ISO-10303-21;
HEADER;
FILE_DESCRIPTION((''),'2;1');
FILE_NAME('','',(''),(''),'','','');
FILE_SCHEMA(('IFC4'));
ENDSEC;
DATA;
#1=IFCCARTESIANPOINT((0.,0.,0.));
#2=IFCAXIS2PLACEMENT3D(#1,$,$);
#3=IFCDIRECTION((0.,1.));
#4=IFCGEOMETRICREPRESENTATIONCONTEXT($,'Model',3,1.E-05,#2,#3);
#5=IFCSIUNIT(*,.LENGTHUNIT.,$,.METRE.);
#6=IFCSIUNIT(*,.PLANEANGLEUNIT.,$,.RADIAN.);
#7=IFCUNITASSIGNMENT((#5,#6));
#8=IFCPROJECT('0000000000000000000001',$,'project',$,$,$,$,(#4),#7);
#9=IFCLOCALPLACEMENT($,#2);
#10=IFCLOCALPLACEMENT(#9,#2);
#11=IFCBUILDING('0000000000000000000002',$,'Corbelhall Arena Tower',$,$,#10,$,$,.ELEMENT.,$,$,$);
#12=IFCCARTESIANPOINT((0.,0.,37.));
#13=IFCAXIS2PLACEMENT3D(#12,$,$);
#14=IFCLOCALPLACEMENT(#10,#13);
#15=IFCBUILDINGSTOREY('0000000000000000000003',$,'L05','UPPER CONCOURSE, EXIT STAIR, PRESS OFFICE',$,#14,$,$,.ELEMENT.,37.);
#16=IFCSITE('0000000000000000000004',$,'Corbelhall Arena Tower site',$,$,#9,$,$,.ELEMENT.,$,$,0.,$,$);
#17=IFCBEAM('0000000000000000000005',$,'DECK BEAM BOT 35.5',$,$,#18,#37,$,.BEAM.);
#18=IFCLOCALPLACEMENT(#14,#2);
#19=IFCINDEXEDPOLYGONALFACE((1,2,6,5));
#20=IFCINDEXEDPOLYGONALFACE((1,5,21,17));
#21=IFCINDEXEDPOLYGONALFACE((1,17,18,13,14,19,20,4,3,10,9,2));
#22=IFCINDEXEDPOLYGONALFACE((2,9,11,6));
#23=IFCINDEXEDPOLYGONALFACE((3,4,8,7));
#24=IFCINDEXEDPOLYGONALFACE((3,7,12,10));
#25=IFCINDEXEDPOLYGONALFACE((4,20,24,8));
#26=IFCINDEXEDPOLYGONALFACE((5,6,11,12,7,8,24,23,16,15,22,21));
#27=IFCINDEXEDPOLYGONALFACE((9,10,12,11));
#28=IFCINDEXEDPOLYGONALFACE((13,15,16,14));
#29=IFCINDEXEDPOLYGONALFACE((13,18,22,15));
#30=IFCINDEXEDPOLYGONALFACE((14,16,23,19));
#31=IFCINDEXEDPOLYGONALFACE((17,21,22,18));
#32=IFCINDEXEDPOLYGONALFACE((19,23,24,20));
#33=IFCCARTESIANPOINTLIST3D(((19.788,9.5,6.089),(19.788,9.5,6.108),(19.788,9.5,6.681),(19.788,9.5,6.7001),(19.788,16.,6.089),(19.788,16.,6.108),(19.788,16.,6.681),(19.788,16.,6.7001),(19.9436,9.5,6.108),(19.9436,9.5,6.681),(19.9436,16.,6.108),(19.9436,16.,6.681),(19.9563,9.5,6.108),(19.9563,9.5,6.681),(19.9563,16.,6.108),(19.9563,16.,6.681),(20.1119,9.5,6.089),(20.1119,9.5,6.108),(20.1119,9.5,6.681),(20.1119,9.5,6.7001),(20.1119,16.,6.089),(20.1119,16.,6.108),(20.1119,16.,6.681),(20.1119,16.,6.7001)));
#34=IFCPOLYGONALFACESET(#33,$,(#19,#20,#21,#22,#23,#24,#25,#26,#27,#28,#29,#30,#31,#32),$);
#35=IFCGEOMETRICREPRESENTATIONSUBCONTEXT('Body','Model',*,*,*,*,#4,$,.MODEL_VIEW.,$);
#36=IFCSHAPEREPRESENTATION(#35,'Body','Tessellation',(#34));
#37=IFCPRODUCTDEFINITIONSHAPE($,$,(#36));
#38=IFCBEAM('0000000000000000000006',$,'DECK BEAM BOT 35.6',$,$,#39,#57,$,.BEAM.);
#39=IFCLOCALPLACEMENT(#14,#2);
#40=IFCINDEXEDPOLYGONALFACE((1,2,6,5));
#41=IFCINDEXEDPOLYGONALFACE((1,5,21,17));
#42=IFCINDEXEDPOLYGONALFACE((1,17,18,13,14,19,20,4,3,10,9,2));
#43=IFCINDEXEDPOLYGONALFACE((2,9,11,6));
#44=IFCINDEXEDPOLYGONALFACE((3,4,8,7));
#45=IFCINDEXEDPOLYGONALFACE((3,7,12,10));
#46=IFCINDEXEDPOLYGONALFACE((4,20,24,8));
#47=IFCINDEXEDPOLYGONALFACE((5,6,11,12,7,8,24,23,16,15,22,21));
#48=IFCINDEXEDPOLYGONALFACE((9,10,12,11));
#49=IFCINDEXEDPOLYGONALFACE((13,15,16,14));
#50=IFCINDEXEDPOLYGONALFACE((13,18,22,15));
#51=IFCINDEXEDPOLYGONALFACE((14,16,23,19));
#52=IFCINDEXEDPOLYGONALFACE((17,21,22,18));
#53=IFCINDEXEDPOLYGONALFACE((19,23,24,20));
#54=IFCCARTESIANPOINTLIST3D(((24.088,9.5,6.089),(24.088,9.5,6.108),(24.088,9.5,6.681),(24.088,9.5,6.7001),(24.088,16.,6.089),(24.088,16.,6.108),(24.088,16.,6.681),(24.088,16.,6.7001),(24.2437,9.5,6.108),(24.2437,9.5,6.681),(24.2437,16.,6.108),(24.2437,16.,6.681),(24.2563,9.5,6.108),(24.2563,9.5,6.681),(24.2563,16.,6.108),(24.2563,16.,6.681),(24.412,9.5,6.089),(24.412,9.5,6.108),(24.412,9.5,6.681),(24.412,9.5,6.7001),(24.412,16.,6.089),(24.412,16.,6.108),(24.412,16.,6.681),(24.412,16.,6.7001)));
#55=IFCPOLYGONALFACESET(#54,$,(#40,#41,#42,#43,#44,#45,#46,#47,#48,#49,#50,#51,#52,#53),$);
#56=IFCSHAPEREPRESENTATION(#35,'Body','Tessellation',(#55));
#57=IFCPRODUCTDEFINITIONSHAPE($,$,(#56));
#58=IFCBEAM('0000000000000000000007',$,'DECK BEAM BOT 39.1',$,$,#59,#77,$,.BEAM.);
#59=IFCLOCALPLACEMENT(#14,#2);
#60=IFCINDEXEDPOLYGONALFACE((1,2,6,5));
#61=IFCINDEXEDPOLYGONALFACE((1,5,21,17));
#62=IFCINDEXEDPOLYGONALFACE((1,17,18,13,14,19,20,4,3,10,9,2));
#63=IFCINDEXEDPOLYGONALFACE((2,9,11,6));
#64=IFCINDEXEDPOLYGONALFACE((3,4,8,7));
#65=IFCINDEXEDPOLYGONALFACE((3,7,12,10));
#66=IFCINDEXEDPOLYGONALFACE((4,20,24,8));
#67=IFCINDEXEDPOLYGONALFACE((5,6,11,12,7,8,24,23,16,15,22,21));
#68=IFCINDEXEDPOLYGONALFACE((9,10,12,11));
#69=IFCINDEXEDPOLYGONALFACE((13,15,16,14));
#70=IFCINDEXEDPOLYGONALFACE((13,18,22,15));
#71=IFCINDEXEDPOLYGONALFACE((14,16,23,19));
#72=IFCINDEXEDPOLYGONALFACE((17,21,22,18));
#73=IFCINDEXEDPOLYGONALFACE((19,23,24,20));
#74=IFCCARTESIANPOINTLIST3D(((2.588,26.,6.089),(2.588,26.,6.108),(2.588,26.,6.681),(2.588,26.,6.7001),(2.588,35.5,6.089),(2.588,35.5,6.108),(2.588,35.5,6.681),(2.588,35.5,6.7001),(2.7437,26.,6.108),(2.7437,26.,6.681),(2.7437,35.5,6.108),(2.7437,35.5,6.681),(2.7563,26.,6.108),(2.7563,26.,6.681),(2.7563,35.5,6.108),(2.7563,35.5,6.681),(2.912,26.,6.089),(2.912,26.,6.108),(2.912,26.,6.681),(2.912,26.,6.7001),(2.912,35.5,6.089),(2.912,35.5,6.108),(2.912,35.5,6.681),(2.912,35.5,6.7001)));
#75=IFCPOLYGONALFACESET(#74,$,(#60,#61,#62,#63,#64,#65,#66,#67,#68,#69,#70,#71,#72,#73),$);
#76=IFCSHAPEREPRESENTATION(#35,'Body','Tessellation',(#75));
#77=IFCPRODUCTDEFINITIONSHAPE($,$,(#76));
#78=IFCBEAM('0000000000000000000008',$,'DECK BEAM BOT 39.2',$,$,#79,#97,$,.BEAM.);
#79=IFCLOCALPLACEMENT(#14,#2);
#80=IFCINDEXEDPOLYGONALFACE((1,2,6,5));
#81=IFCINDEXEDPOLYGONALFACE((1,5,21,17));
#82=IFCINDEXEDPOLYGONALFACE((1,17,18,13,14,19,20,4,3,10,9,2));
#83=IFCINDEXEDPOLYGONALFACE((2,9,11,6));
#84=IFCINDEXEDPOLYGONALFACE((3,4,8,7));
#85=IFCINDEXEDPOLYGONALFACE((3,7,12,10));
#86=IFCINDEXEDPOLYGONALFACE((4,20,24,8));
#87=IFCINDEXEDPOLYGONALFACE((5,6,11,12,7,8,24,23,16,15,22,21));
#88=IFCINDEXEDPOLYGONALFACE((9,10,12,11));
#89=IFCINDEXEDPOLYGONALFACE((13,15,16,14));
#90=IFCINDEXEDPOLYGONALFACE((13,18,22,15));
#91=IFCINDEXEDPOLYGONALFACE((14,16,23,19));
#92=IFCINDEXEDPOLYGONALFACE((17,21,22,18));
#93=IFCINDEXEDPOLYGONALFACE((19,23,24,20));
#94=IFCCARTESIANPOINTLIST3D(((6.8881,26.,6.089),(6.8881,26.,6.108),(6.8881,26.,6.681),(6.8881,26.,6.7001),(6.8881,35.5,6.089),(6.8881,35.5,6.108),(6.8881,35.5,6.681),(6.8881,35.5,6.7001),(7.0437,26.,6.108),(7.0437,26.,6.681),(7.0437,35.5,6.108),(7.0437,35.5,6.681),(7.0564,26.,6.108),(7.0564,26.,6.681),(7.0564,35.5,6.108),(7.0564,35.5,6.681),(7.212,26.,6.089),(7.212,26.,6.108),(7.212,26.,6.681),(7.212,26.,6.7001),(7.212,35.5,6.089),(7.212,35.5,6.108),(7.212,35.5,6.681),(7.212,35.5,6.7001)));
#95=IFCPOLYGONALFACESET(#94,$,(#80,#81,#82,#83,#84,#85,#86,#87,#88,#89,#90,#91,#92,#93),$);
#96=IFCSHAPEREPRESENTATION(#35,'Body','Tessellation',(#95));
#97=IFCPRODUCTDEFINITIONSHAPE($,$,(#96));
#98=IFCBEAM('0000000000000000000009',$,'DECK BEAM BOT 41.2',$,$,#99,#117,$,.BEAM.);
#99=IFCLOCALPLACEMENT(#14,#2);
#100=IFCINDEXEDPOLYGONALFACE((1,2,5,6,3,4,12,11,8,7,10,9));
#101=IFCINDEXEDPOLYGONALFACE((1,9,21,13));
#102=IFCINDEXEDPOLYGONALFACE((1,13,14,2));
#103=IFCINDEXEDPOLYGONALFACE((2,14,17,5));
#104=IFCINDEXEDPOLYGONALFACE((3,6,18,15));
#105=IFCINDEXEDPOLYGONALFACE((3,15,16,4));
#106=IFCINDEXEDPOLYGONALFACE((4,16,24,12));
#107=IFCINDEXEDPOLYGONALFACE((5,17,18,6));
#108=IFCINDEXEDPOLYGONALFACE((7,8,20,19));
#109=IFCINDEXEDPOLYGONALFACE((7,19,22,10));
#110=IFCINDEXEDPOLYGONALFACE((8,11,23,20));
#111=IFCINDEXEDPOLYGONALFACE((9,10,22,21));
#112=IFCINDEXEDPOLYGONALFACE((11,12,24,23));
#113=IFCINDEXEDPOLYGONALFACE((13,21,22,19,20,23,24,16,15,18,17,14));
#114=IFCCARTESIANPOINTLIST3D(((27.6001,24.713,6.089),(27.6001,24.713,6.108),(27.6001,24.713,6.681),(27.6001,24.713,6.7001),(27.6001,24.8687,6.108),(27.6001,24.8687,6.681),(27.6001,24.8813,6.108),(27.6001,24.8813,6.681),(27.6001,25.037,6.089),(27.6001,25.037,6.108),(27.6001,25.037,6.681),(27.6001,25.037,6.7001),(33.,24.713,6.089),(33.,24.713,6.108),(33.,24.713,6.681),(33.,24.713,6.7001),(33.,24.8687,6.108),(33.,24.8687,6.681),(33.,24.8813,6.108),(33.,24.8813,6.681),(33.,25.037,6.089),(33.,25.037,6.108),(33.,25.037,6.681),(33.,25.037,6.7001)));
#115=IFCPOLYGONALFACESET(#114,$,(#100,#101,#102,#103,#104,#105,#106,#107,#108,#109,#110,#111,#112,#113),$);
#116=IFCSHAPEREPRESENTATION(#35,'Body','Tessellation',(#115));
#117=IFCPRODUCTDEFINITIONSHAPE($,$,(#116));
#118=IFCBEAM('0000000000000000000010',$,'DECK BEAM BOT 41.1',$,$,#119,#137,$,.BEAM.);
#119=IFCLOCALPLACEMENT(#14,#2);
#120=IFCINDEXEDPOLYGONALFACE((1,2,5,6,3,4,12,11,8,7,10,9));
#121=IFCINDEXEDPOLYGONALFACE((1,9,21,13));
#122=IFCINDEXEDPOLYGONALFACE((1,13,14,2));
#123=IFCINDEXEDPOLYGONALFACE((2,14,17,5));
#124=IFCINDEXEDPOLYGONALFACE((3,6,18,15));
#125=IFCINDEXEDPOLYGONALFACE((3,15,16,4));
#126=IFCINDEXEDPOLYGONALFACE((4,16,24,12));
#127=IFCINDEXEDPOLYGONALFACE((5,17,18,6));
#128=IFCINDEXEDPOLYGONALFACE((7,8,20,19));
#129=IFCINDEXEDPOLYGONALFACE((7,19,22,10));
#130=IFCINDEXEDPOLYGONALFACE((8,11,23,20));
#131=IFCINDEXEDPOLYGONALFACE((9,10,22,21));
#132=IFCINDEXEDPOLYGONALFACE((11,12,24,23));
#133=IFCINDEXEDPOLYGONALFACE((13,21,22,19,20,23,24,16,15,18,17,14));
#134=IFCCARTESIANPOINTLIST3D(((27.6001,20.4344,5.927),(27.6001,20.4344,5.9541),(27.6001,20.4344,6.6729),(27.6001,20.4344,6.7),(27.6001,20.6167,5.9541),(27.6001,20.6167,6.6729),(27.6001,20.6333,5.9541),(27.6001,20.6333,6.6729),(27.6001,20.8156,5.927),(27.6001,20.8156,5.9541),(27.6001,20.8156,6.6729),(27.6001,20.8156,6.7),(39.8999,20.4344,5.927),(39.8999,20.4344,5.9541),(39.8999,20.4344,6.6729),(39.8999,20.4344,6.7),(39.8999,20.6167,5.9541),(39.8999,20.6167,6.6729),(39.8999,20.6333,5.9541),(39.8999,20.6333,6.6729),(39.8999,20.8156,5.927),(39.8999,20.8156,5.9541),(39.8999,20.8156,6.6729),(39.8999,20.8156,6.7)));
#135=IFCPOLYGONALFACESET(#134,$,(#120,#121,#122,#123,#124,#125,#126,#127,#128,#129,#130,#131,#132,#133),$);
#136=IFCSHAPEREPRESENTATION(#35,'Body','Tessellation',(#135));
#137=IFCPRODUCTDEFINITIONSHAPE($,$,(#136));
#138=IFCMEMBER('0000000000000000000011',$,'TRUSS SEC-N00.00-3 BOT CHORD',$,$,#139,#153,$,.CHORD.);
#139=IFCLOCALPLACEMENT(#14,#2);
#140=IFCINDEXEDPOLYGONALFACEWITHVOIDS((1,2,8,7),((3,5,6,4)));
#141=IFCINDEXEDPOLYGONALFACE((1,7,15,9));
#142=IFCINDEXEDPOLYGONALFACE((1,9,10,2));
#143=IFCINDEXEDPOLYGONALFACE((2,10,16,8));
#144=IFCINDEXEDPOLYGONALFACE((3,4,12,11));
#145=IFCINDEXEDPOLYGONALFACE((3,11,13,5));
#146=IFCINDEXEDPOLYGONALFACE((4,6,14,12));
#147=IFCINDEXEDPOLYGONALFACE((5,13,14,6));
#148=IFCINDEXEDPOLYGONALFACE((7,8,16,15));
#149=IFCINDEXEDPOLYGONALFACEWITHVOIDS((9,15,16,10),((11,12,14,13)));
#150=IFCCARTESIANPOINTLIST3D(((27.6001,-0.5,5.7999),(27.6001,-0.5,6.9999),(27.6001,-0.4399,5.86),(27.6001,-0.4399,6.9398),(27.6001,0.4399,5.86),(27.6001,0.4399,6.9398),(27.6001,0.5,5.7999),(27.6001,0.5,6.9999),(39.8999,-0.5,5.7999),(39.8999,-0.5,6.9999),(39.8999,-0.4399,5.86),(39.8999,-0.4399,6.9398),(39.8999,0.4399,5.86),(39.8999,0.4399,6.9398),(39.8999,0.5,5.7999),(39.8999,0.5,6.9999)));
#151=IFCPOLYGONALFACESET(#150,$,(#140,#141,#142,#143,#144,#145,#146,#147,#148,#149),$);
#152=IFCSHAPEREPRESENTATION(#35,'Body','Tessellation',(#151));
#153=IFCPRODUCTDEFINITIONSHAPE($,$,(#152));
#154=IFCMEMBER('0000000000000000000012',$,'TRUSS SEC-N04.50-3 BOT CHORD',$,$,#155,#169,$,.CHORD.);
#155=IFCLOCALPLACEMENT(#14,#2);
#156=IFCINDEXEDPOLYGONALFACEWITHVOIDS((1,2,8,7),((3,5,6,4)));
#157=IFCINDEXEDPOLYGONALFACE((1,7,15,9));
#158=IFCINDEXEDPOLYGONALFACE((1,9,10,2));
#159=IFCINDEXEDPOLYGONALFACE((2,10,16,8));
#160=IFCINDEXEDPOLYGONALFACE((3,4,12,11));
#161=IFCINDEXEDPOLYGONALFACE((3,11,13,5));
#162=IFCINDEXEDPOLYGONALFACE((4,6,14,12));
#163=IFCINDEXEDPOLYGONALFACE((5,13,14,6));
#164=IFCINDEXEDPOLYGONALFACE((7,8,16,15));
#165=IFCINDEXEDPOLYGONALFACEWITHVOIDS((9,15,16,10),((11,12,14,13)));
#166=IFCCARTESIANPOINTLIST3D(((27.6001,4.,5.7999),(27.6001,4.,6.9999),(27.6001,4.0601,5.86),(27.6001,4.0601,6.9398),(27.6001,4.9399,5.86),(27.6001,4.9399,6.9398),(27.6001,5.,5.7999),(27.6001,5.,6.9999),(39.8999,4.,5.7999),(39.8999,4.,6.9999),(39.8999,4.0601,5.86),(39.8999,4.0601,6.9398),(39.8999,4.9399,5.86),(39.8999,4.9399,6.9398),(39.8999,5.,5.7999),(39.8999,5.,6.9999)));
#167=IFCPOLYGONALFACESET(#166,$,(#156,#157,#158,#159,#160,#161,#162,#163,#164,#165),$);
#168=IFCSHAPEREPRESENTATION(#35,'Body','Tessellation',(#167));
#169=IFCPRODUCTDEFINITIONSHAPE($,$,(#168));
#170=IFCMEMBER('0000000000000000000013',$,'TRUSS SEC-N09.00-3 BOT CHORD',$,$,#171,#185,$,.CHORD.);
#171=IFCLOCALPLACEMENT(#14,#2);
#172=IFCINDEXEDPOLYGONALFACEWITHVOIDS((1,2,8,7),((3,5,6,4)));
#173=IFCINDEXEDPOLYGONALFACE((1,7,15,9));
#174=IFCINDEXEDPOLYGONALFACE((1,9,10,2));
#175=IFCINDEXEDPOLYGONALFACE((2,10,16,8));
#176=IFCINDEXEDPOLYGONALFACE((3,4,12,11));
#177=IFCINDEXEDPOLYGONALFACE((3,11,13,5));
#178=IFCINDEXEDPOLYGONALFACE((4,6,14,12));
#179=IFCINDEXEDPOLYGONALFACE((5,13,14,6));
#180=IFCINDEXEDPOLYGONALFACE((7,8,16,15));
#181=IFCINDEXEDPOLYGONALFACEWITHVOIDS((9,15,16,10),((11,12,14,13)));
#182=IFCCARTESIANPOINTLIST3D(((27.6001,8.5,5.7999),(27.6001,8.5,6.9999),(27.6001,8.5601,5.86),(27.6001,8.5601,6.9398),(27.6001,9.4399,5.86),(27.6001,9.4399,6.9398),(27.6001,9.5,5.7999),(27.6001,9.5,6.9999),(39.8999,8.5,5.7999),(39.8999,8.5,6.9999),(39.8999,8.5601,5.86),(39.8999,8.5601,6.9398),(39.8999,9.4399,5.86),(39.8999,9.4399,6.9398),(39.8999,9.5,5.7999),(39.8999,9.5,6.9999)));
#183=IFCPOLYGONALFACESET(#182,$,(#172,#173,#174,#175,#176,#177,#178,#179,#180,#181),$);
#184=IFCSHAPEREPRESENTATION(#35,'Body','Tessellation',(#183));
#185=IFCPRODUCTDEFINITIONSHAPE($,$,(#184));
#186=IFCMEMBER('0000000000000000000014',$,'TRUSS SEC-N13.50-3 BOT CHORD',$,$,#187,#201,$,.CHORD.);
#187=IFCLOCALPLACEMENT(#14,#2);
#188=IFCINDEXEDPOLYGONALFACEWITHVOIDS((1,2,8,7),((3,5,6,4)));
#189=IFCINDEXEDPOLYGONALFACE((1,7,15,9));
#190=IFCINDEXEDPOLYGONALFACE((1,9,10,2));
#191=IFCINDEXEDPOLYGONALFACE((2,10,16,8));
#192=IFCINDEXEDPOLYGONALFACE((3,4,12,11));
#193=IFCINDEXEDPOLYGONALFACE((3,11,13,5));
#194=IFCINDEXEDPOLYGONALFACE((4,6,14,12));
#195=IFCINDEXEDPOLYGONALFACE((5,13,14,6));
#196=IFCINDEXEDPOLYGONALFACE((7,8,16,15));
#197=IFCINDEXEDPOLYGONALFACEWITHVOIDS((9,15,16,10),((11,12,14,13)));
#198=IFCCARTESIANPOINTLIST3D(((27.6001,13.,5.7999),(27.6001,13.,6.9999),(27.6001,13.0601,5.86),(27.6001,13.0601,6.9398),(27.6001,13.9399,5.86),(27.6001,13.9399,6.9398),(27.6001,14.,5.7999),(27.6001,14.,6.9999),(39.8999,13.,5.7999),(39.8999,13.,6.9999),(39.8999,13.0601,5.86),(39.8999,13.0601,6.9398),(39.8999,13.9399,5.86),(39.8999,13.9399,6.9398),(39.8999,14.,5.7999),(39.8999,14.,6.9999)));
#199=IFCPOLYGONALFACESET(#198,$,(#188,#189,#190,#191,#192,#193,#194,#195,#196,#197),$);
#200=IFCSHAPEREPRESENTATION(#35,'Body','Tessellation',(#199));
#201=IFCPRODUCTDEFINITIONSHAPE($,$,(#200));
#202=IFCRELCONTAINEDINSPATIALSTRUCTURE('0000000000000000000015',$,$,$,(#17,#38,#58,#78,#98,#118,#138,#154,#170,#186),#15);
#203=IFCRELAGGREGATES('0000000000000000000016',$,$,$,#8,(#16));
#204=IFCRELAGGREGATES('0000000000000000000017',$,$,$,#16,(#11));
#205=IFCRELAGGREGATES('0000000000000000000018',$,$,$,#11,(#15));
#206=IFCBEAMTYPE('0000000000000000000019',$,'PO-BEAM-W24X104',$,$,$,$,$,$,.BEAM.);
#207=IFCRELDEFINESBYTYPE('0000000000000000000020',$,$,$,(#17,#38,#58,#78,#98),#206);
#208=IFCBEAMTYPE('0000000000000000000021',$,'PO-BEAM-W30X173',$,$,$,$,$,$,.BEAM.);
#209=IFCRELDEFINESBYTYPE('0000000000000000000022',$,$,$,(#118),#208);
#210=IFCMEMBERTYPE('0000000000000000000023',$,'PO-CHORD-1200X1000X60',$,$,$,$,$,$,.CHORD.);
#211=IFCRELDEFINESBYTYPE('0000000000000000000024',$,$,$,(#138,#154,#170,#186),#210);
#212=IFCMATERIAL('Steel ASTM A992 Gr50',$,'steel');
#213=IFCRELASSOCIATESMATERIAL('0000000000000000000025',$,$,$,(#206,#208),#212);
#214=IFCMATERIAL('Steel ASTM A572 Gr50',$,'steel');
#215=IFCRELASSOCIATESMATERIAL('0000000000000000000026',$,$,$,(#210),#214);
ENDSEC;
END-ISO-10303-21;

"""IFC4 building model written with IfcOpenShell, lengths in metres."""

from ifc_helpers import new_model, si_unit, direction, frame, origin, origin_2d, place, context, subcontext, project, spatial, hollow_rectangle, i_section, extrude, material, material_profile, profile_set, type_object, element, save


model = new_model("IFC4")

# Units and contexts
model_context = context("Model", 3, precision=1e-05, world=origin(), true_north=direction((0.0, 1.0)))
body_context = subcontext(model_context, "Body", "Model", "MODEL_VIEW")
ifc_project = project(units=[si_unit("LENGTHUNIT", "METRE"), si_unit("PLANEANGLEUNIT", "RADIAN")], contexts=[model_context])

# Site, building, storey
site_placement = place(None, origin())
site = spatial("IfcSite", under=ifc_project, at=site_placement, Name="Corbelhall Arena Tower site", CompositionType="ELEMENT", RefElevation=0.0)
building_placement = place(site_placement, origin())
building = spatial("IfcBuilding", under=site, at=building_placement, Name="Corbelhall Arena Tower", CompositionType="ELEMENT")
storey_placement = place(building_placement, frame((0.0, 0.0, 37.0)))
storey = spatial("IfcBuildingStorey", under=building, at=storey_placement, Name="L05", Description="UPPER CONCOURSE, EXIT STAIR, PRESS OFFICE", CompositionType="ELEMENT", Elevation=37.0)

# Beams
ifc_material_1 = material(Name="Steel ASTM A992 Gr50", Category="steel")
ifc_material_profile_1 = material_profile(ifc_material_1, i_section(OverallWidth=0.324, OverallDepth=0.6111, WebThickness=0.0127, FlangeThickness=0.019, at=origin_2d()))
ifc_profile_set_1 = profile_set([ifc_material_profile_1], Name="Steel ASTM A992 Gr50")
beam_type_1 = type_object("IfcBeamType", Name="PO-BEAM-W24X104", PredefinedType="BEAM", material=ifc_profile_set_1)
for number, where, z_axis, x_axis, name in (
    (1, (19.95, 9.5, 6.3945), (0.0, 1.0, 0.0), (-1.0, 0.0, 0.0), "DECK BEAM BOT 35.5"),
    (2, (24.25, 9.5, 6.3945), (0.0, 1.0, 0.0), (-1.0, 0.0, 0.0), "DECK BEAM BOT 35.6"),
):
    element("IfcBeam", number, at=place(storey_placement, frame(where, z_axis=z_axis, x_axis=x_axis)), inside=storey, type_object=beam_type_1, Name=name, PredefinedType="BEAM", context=body_context, shape_type="SweptSolid", body=[
        extrude(i_section(OverallWidth=0.324, OverallDepth=0.6111, WebThickness=0.0127, FlangeThickness=0.019, at=origin_2d()), origin(), (0.0, 0.0, 1.0), 6.5),
    ])
for number, where, z_axis, x_axis, name in (
    (3, (2.75, 26.0, 6.3945), (0.0, 1.0, 0.0), (-1.0, 0.0, 0.0), "DECK BEAM BOT 39.1"),
    (4, (7.05, 26.0, 6.3945), (0.0, 1.0, 0.0), (-1.0, 0.0, 0.0), "DECK BEAM BOT 39.2"),
):
    element("IfcBeam", number, at=place(storey_placement, frame(where, z_axis=z_axis, x_axis=x_axis)), inside=storey, type_object=beam_type_1, Name=name, PredefinedType="BEAM", context=body_context, shape_type="SweptSolid", body=[
        extrude(i_section(OverallWidth=0.324, OverallDepth=0.6111, WebThickness=0.0127, FlangeThickness=0.019, at=origin_2d()), origin(), (0.0, 0.0, 1.0), 9.5),
    ])
beam_1_placement = place(storey_placement, frame((27.6001, 24.875, 6.3945), z_axis=(1.0, 0.0, 0.0), x_axis=(0.0, 1.0, 0.0)))
element("IfcBeam", 5, at=beam_1_placement, inside=storey, type_object=beam_type_1, Name="DECK BEAM BOT 41.2", PredefinedType="BEAM", context=body_context, shape_type="SweptSolid", body=[
    extrude(i_section(OverallWidth=0.324, OverallDepth=0.6111, WebThickness=0.0127, FlangeThickness=0.019, at=origin_2d()), origin(), (0.0, 0.0, 1.0), 5.3999),
])
ifc_material_profile_2 = material_profile(ifc_material_1, i_section(OverallWidth=0.3811, OverallDepth=0.7729, WebThickness=0.0166, FlangeThickness=0.0271, at=origin_2d()))
ifc_profile_set_2 = profile_set([ifc_material_profile_2], Name="Steel ASTM A992 Gr50")
beam_type_2 = type_object("IfcBeamType", Name="PO-BEAM-W30X173", PredefinedType="BEAM", material=ifc_profile_set_2)
beam_2_placement = place(storey_placement, frame((27.6001, 20.625, 6.3135), z_axis=(1.0, 0.0, 0.0), x_axis=(0.0, 1.0, 0.0)))
element("IfcBeam", 6, at=beam_2_placement, inside=storey, type_object=beam_type_2, Name="DECK BEAM BOT 41.1", PredefinedType="BEAM", context=body_context, shape_type="SweptSolid", body=[
    extrude(i_section(OverallWidth=0.3811, OverallDepth=0.7729, WebThickness=0.0166, FlangeThickness=0.0271, at=origin_2d()), origin(), (0.0, 0.0, 1.0), 12.2998),
])

# Members
ifc_material_2 = material(Name="Steel ASTM A572 Gr50", Category="steel")
ifc_material_profile_3 = material_profile(ifc_material_2, hollow_rectangle(XDim=1.0, YDim=1.2, WallThickness=0.0601, at=origin_2d()))
ifc_profile_set_3 = profile_set([ifc_material_profile_3], Name="Steel ASTM A572 Gr50")
member_type = type_object("IfcMemberType", Name="PO-CHORD-1200X1000X60", PredefinedType="CHORD", material=ifc_profile_set_3)
for number, where, z_axis, x_axis, name in (
    (7, (27.6001, 0.0, 6.3999), (1.0, 0.0, 0.0), (0.0, 1.0, 0.0), "TRUSS SEC-N00.00-3 BOT CHORD"),
    (8, (27.6001, 4.5, 6.3999), (1.0, 0.0, 0.0), (0.0, 1.0, 0.0), "TRUSS SEC-N04.50-3 BOT CHORD"),
    (9, (27.6001, 9.0, 6.3999), (1.0, 0.0, 0.0), (0.0, 1.0, 0.0), "TRUSS SEC-N09.00-3 BOT CHORD"),
    (10, (27.6001, 13.5, 6.3999), (1.0, 0.0, 0.0), (0.0, 1.0, 0.0), "TRUSS SEC-N13.50-3 BOT CHORD"),
):
    element("IfcMember", number, at=place(storey_placement, frame(where, z_axis=z_axis, x_axis=x_axis)), inside=storey, type_object=member_type, Name=name, PredefinedType="CHORD", context=body_context, shape_type="SweptSolid", body=[
        extrude(hollow_rectangle(XDim=1.0, YDim=1.2, WallThickness=0.0601, at=origin_2d()), origin(), (0.0, 0.0, 1.0), 12.2998),
    ])

save(model, "model.ifc")
